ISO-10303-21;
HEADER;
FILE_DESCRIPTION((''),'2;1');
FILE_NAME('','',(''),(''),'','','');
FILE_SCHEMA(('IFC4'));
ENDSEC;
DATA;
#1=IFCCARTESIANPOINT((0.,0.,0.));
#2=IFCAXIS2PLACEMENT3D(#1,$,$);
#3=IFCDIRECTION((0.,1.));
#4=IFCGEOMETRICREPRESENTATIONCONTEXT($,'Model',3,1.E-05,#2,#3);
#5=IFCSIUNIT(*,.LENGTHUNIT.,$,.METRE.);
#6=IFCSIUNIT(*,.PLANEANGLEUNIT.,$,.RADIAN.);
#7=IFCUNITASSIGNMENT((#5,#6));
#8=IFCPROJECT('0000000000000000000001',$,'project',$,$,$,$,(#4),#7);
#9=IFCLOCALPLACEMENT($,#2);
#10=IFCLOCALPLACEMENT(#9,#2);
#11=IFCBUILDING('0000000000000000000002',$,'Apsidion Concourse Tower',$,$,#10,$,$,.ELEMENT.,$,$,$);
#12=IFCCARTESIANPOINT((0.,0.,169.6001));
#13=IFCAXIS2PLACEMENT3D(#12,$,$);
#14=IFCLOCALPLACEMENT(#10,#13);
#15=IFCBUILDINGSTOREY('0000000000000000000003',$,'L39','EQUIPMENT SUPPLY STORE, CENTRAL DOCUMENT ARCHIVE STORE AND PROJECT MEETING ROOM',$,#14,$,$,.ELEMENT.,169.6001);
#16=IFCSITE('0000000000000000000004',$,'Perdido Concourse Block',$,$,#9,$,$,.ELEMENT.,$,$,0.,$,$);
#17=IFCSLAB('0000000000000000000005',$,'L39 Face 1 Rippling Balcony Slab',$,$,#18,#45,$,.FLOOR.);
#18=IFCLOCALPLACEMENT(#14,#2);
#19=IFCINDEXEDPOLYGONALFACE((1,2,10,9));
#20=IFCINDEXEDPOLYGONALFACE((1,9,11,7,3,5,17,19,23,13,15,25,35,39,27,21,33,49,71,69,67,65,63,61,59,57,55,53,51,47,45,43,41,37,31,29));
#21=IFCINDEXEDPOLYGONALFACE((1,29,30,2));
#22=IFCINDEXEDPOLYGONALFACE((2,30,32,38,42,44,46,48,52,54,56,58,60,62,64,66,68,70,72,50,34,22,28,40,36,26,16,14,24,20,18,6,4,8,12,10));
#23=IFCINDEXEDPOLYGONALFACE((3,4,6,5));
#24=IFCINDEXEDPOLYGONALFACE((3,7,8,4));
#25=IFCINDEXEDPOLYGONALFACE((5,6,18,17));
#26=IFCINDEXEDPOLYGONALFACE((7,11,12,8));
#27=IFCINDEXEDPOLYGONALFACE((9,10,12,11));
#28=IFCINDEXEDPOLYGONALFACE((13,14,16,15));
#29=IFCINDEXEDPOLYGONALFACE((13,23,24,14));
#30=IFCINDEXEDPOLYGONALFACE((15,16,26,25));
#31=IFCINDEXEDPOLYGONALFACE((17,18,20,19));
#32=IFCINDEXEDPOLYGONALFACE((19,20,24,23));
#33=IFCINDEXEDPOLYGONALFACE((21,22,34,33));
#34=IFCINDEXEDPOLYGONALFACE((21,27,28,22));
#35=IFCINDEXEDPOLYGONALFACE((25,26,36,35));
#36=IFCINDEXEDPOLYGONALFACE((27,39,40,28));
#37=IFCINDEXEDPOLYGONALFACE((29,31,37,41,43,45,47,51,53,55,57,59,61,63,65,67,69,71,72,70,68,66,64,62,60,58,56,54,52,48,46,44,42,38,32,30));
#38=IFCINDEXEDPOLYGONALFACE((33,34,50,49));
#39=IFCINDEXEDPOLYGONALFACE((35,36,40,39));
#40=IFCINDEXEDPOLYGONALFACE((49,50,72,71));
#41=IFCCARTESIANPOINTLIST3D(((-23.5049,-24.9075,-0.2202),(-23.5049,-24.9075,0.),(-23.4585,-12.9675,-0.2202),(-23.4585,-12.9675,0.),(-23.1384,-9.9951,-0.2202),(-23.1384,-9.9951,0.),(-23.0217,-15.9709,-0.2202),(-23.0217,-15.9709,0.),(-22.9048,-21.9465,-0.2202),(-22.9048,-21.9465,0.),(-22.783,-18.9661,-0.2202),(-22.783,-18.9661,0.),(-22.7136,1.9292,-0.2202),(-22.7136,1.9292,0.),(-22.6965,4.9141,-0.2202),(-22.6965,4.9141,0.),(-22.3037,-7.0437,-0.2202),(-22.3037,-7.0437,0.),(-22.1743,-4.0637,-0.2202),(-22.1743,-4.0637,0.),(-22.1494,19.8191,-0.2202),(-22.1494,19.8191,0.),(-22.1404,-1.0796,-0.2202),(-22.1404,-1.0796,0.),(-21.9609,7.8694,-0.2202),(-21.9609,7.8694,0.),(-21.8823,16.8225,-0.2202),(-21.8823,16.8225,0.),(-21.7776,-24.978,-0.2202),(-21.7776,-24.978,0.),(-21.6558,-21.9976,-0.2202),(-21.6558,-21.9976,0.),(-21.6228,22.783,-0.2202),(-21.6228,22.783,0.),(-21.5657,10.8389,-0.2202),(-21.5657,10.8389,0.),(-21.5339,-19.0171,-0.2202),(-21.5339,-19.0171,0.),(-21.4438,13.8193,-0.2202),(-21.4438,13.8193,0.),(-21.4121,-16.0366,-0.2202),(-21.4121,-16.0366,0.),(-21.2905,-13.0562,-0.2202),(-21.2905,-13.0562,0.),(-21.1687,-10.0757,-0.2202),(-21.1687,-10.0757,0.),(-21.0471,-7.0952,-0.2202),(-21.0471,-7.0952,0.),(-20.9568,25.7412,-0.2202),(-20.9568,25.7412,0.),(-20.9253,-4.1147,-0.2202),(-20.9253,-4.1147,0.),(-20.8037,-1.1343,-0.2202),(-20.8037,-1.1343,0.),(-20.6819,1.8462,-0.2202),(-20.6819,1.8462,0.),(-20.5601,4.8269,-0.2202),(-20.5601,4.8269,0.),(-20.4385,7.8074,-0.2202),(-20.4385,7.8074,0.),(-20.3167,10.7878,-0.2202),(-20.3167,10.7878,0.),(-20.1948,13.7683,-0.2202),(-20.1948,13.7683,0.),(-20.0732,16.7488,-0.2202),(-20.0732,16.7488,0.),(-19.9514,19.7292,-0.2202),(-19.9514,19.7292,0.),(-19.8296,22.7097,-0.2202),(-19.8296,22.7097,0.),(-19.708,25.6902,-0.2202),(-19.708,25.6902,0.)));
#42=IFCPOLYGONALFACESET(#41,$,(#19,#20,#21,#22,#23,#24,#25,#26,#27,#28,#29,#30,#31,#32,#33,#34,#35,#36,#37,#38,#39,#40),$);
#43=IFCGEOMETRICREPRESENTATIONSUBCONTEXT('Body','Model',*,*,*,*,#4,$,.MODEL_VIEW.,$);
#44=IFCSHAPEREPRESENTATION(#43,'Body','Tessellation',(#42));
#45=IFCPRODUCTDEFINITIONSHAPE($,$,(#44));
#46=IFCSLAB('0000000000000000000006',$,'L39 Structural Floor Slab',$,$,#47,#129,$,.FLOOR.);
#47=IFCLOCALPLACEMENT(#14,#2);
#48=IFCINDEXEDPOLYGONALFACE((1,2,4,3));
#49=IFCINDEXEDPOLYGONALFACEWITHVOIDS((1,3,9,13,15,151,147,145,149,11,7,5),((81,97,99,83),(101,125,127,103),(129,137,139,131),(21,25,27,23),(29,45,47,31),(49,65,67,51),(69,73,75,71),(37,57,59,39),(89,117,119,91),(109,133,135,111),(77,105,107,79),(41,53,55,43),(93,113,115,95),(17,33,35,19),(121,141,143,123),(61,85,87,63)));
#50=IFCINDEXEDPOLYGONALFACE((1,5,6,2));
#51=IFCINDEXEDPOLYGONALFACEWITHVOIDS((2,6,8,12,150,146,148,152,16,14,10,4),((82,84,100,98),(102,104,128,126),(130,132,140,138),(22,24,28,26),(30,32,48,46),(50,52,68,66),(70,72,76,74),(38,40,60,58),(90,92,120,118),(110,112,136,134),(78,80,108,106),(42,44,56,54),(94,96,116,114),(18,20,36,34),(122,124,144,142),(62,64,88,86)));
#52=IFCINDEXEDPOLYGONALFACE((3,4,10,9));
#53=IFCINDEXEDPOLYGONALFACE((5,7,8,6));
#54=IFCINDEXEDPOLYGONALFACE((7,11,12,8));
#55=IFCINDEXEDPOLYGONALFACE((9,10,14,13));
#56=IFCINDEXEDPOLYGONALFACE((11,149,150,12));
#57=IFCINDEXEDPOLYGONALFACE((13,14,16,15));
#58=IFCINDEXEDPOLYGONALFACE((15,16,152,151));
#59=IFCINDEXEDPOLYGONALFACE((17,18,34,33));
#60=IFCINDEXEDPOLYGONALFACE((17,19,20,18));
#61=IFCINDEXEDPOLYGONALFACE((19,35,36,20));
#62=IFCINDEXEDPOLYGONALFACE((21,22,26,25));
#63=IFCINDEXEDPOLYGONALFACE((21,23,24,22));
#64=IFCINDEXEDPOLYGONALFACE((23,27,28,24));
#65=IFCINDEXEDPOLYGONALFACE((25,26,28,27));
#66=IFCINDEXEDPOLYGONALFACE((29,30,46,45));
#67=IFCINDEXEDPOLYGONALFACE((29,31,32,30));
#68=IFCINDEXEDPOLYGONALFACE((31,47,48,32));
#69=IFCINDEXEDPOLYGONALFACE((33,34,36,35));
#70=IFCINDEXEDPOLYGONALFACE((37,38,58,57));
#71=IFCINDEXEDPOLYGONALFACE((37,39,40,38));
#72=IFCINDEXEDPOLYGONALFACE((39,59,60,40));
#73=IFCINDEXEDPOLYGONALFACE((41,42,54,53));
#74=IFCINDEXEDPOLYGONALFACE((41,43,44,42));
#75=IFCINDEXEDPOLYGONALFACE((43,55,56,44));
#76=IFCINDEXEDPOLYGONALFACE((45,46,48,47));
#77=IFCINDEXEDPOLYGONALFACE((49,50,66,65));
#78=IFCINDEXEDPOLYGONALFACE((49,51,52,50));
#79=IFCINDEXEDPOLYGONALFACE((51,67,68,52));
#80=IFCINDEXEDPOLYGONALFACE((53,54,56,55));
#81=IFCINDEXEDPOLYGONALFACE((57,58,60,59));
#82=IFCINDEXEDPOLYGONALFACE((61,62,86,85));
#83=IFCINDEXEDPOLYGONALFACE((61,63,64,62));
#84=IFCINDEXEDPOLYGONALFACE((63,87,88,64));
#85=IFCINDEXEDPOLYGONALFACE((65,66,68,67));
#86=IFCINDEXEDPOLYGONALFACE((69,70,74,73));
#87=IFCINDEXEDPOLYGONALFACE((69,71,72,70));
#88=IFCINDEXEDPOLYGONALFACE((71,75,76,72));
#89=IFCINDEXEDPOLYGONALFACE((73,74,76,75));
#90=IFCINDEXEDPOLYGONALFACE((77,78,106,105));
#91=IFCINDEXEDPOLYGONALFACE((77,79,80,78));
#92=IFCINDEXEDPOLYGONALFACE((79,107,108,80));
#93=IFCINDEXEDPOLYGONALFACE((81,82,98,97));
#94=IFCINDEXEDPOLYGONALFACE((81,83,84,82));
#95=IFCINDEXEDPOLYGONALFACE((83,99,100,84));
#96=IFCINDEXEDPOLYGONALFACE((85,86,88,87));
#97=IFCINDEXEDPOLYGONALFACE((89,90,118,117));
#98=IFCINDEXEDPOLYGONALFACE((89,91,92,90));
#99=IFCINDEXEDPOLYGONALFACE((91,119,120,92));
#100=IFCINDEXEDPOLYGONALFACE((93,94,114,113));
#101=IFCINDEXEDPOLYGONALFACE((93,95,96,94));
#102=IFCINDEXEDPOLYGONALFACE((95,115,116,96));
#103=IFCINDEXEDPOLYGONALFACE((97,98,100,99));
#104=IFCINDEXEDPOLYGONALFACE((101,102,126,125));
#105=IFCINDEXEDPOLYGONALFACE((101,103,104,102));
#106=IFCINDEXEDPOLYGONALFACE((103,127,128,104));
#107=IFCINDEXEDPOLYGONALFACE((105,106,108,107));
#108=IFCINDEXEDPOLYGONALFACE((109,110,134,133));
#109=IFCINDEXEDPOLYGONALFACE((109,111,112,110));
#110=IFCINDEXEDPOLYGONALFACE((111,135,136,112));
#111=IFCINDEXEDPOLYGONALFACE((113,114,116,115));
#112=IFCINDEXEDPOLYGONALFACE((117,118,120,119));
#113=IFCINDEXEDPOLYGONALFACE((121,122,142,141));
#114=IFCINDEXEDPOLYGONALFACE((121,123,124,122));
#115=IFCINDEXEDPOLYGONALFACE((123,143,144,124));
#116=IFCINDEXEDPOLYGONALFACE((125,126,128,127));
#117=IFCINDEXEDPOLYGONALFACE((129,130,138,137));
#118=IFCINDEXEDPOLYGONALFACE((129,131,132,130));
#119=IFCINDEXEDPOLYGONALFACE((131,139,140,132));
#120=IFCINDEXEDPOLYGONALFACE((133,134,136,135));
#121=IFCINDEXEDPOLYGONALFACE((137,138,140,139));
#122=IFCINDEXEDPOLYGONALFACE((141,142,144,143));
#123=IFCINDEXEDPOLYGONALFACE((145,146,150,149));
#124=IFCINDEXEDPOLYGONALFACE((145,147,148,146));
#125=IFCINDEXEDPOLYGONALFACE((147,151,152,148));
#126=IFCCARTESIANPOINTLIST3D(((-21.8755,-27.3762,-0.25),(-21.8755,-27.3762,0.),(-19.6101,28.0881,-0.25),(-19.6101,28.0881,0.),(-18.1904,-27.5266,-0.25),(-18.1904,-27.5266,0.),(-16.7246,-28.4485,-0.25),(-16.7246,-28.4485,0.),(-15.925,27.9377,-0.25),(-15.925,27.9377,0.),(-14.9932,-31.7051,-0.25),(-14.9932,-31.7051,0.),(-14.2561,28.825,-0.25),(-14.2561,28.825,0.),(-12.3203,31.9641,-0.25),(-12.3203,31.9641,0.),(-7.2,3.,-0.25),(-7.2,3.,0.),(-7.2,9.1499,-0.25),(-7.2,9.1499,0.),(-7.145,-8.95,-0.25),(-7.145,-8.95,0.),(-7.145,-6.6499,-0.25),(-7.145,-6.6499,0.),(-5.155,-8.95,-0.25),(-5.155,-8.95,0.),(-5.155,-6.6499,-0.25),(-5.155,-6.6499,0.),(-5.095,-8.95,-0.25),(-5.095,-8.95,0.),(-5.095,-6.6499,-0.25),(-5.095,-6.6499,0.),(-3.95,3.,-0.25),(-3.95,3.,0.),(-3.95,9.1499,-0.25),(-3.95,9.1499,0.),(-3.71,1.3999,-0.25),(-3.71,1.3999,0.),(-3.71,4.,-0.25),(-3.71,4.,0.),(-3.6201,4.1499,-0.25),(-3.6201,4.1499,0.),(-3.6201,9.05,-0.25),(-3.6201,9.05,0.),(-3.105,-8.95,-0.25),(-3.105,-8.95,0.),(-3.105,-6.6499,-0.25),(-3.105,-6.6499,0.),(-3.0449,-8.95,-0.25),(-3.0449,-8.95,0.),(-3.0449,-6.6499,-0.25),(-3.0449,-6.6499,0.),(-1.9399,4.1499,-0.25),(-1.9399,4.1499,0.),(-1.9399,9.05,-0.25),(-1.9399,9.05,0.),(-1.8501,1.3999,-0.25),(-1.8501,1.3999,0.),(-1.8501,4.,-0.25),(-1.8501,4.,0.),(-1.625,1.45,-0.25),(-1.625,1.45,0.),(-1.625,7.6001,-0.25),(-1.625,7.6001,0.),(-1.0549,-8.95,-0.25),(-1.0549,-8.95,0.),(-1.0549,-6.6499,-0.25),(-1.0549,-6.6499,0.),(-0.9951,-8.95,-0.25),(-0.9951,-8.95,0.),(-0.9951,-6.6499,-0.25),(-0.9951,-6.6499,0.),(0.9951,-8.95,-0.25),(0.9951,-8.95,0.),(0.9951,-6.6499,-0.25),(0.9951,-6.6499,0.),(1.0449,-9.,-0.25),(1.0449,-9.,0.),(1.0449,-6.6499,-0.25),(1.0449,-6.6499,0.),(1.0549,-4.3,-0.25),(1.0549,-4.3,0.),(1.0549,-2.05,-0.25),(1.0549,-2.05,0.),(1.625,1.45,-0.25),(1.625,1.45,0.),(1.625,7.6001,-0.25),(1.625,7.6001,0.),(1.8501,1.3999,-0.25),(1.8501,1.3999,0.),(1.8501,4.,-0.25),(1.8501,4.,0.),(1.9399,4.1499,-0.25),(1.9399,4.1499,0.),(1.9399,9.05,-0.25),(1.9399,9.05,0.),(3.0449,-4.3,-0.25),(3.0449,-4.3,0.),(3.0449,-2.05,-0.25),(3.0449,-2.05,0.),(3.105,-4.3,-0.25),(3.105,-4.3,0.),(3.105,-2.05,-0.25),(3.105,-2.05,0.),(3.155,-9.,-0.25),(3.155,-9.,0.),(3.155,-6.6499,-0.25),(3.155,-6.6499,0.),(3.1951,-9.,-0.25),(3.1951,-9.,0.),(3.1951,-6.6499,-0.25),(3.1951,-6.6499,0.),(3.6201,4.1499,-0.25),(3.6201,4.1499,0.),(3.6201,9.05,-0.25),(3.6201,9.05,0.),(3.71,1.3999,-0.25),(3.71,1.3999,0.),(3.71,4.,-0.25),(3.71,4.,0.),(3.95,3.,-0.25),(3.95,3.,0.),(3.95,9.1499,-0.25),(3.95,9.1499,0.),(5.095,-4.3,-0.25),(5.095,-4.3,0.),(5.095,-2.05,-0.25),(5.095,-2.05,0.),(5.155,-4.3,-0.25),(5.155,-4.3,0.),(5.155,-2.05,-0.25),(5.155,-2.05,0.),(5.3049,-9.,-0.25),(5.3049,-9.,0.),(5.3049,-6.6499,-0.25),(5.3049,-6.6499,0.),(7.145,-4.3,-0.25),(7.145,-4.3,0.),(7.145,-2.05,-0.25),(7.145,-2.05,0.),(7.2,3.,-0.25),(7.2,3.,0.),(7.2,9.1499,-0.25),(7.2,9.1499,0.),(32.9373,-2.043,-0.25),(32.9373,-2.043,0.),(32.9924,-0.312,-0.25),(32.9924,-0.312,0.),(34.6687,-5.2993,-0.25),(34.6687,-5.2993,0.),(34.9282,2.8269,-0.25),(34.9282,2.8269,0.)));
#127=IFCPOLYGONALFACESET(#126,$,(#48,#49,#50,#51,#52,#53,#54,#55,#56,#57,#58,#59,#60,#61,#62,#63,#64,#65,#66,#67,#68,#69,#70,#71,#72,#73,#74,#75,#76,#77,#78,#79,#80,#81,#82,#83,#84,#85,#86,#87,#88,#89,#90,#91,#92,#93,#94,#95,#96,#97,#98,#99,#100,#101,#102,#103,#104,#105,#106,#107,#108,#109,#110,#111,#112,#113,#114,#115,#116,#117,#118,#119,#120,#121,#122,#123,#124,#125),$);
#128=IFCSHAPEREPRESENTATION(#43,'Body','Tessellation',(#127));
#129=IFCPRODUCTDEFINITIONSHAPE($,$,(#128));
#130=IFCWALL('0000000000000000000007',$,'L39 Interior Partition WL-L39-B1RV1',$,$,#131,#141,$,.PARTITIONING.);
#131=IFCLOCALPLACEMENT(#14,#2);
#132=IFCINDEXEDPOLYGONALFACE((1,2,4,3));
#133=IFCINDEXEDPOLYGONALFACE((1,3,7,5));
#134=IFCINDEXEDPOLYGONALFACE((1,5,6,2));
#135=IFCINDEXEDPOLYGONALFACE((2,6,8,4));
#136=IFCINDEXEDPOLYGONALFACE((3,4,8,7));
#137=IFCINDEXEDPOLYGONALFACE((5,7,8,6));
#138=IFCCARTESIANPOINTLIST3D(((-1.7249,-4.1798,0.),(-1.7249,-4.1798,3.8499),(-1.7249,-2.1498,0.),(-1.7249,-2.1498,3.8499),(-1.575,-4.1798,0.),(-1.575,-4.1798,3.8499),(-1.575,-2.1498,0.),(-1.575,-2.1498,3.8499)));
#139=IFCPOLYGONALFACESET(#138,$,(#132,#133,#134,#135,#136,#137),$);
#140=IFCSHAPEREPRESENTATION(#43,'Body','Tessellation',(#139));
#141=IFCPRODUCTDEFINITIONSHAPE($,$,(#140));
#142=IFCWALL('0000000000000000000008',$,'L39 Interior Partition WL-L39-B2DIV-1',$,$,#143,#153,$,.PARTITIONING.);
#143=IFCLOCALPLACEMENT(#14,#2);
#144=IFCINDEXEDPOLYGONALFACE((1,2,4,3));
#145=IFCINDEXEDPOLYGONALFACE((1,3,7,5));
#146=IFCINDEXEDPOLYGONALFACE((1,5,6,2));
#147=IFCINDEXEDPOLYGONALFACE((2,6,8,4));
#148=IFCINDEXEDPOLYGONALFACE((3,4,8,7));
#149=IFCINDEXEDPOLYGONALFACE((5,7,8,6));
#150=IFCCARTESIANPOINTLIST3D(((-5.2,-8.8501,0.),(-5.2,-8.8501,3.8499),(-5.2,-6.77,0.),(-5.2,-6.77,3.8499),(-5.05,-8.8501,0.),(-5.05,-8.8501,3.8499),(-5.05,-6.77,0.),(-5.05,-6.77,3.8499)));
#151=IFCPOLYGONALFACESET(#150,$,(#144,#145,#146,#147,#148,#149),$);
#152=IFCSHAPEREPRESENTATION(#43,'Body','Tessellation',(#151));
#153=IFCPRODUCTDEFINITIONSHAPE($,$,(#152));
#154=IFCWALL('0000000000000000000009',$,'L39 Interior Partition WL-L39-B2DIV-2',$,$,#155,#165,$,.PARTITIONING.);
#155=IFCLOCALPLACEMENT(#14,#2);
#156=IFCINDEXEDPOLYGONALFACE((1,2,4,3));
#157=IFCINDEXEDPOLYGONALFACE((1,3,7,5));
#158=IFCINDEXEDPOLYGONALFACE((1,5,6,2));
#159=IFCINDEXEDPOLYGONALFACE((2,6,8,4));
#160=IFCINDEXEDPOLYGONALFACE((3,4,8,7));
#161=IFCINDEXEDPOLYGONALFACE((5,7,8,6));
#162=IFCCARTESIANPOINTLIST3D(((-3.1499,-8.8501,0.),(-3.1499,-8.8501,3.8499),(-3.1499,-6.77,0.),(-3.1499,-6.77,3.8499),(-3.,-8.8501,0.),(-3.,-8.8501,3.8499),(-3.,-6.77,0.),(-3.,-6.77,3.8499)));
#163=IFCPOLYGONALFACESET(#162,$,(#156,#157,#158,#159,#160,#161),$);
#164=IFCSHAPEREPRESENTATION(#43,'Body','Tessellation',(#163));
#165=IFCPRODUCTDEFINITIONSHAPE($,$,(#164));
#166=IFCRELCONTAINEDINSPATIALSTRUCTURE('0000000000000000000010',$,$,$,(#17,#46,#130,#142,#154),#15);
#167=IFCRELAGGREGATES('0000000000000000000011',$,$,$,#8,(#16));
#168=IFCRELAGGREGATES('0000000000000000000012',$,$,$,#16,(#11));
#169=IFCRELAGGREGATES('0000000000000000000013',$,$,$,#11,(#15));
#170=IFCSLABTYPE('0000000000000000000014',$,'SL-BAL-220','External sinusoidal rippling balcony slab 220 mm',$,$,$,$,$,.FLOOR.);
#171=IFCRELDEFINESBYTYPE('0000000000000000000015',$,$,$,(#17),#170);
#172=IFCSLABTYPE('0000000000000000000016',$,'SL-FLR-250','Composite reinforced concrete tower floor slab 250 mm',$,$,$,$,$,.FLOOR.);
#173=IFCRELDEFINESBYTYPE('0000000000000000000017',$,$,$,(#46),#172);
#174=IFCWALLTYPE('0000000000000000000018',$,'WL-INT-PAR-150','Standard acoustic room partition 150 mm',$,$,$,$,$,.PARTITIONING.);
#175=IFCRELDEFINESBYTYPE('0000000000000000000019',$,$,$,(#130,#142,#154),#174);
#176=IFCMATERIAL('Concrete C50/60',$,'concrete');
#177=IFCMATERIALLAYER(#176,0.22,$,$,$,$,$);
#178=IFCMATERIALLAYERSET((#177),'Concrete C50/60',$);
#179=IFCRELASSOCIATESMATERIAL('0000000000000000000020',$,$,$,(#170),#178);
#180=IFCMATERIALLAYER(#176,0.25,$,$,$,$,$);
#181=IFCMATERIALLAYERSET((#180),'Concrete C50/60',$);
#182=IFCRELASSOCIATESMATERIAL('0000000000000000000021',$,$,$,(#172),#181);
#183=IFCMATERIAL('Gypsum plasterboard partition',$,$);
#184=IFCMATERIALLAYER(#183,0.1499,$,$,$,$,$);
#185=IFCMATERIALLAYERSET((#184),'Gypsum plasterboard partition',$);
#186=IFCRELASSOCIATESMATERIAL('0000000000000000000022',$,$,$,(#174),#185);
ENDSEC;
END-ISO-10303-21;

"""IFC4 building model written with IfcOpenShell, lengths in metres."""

from ifc_helpers import new_model, si_unit, direction, frame, frame_2d, origin, place, context, subcontext, project, spatial, polyline, rectangle, outline, extrude, material, layer, layer_set, type_object, element, save


model = new_model("IFC4")

# Units and contexts
model_context = context("Model", 3, precision=1e-05, world=origin(), true_north=direction((0.0, 1.0)))
body_context = subcontext(model_context, "Body", "Model", "MODEL_VIEW")
ifc_project = project(units=[si_unit("LENGTHUNIT", "METRE"), si_unit("PLANEANGLEUNIT", "RADIAN")], contexts=[model_context])

# Site, building, storey
site_placement = place(None, origin())
site = spatial("IfcSite", under=ifc_project, at=site_placement, Name="Perdido Concourse Block", CompositionType="ELEMENT", RefElevation=0.0)
building_placement = place(site_placement, origin())
building = spatial("IfcBuilding", under=site, at=building_placement, Name="Apsidion Concourse Tower", CompositionType="ELEMENT")
storey_placement = place(building_placement, frame((0.0, 0.0, 169.6001)))
storey = spatial("IfcBuildingStorey", under=building, at=storey_placement, Name="L39", Description="EQUIPMENT SUPPLY STORE, CENTRAL DOCUMENT ARCHIVE STORE AND PROJECT MEETING ROOM", CompositionType="ELEMENT", Elevation=169.6001)

# Slabs
ifc_material_1 = material(Name="Concrete C50/60", Category="concrete")
ifc_layer_1 = layer(ifc_material_1, 0.22)
ifc_layer_set_1 = layer_set([ifc_layer_1], Name="Concrete C50/60")
slab_type_1 = type_object("IfcSlabType", Name="SL-BAL-220", Description="External sinusoidal rippling balcony slab 220 mm", PredefinedType="FLOOR", material=ifc_layer_set_1)
slab_1_placement = place(storey_placement, frame((0.0, 0.0, -0.2202)))
element("IfcSlab", 1, at=slab_1_placement, inside=storey, type_object=slab_type_1, Name="L39 Face 1 Rippling Balcony Slab", PredefinedType="FLOOR", context=body_context, shape_type="SweptSolid", body=[
    extrude(outline(polyline([(-19.708, 25.6902), (-19.8296, 22.7097), (-19.9514, 19.7292), (-20.0732, 16.7488), (-20.1948, 13.7683), (-20.3167, 10.7878), (-20.4385, 7.8074), (-20.5601, 4.8269), (-20.6819, 1.8462), (-20.8037, -1.1343), (-20.9253, -4.1147), (-21.0471, -7.0952), (-21.1687, -10.0757), (-21.2905, -13.0562), (-21.4121, -16.0366), (-21.5339, -19.0171), (-21.6558, -21.9976), (-21.7776, -24.978), (-23.5049, -24.9075), (-22.9048, -21.9465), (-22.783, -18.9661), (-23.0217, -15.9709), (-23.4585, -12.9675), (-23.1384, -9.9951), (-22.3037, -7.0437), (-22.1743, -4.0637), (-22.1404, -1.0796), (-22.7136, 1.9292), (-22.6965, 4.9141), (-21.9609, 7.8694), (-21.5657, 10.8389), (-21.4438, 13.8193), (-21.8823, 16.8225), (-22.1494, 19.8191), (-21.6228, 22.783), (-20.9568, 25.7412), (-19.708, 25.6902)])), origin(), (0.0, 0.0, 1.0), 0.2202),
])
ifc_layer_2 = layer(ifc_material_1, 0.25)
ifc_layer_set_2 = layer_set([ifc_layer_2], Name="Concrete C50/60")
slab_type_2 = type_object("IfcSlabType", Name="SL-FLR-250", Description="Composite reinforced concrete tower floor slab 250 mm", PredefinedType="FLOOR", material=ifc_layer_set_2)
slab_2_placement = place(storey_placement, frame((0.0, 0.0, -0.25)))
element("IfcSlab", 2, at=slab_2_placement, inside=storey, type_object=slab_type_2, Name="L39 Structural Floor Slab", PredefinedType="FLOOR", context=body_context, shape_type="SweptSolid", body=[
    extrude(outline(polyline([(-12.3203, 31.9641), (-14.2561, 28.825), (-15.925, 27.9377), (-19.6101, 28.0881), (-21.8755, -27.3762), (-18.1904, -27.5266), (-16.7246, -28.4485), (-14.9932, -31.7051), (34.6687, -5.2993), (32.9373, -2.043), (32.9924, -0.312), (34.9282, 2.8269), (-12.3203, 31.9641)]), holes=[polyline([(-3.95, 3.0), (-3.95, 9.1499), (-7.2, 9.1499), (-7.2, 3.0), (-3.95, 3.0)]), polyline([(7.2, 3.0), (7.2, 9.1499), (3.95, 9.1499), (3.95, 3.0), (7.2, 3.0)]), polyline([(-1.625, 7.6001), (-1.625, 1.45), (1.625, 1.45), (1.625, 7.6001), (-1.625, 7.6001)]), polyline([(1.0549, -4.3), (3.0449, -4.3), (3.0449, -2.05), (1.0549, -2.05), (1.0549, -4.3)]), polyline([(3.105, -4.3), (5.095, -4.3), (5.095, -2.05), (3.105, -2.05), (3.105, -4.3)]), polyline([(5.155, -4.3), (7.145, -4.3), (7.145, -2.05), (5.155, -2.05), (5.155, -4.3)]), polyline([(-7.145, -8.95), (-5.155, -8.95), (-5.155, -6.6499), (-7.145, -6.6499), (-7.145, -8.95)]), polyline([(-5.095, -8.95), (-3.105, -8.95), (-3.105, -6.6499), (-5.095, -6.6499), (-5.095, -8.95)]), polyline([(-3.0449, -8.95), (-1.0549, -8.95), (-1.0549, -6.6499), (-3.0449, -6.6499), (-3.0449, -8.95)]), polyline([(-0.9951, -8.95), (0.9951, -8.95), (0.9951, -6.6499), (-0.9951, -6.6499), (-0.9951, -8.95)]), polyline([(1.0449, -9.0), (3.155, -9.0), (3.155, -6.6499), (1.0449, -6.6499), (1.0449, -9.0)]), polyline([(3.1951, -9.0), (5.3049, -9.0), (5.3049, -6.6499), (3.1951, -6.6499), (3.1951, -9.0)]), polyline([(-3.71, 1.3999), (-1.8501, 1.3999), (-1.8501, 4.0), (-3.71, 4.0), (-3.71, 1.3999)]), polyline([(1.8501, 1.3999), (3.71, 1.3999), (3.71, 4.0), (1.8501, 4.0), (1.8501, 1.3999)]), polyline([(-3.6201, 4.1499), (-1.9399, 4.1499), (-1.9399, 9.05), (-3.6201, 9.05), (-3.6201, 4.1499)]), polyline([(1.9399, 4.1499), (3.6201, 4.1499), (3.6201, 9.05), (1.9399, 9.05), (1.9399, 4.1499)])]), origin(), (0.0, 0.0, 1.0), 0.25),
])

# Walls
ifc_material_2 = material(Name="Gypsum plasterboard partition")
ifc_layer_3 = layer(ifc_material_2, 0.1499)
ifc_layer_set_3 = layer_set([ifc_layer_3], Name="Gypsum plasterboard partition")
wall_type_1 = type_object("IfcWallType", Name="WL-INT-PAR-150", Description="Standard acoustic room partition 150 mm", PredefinedType="PARTITIONING", material=ifc_layer_set_3)
wall_1_placement = place(storey_placement, frame((-1.6499, -4.1799, 0.0), z_axis=(0.0, 0.0, 1.0), x_axis=(0.0, 1.0, 0.0)))
element("IfcWall", 3, at=wall_1_placement, inside=storey, type_object=wall_type_1, Name="L39 Interior Partition WL-L39-B1RV1", PredefinedType="PARTITIONING", context=body_context, shape_type="SweptSolid", body=[
    extrude(rectangle(XDim=2.03, YDim=0.1499, at=frame_2d((1.0151, 0.0))), origin(), (0.0, 0.0, 1.0), 3.8499),
])
for number, where, z_axis, x_axis, name in (
    (4, (-5.125, -8.8501, 0.0), (0.0, 0.0, 1.0), (0.0, 1.0, 0.0), "L39 Interior Partition WL-L39-B2DIV-1"),
    (5, (-3.075, -8.8501, 0.0), (0.0, 0.0, 1.0), (0.0, 1.0, 0.0), "L39 Interior Partition WL-L39-B2DIV-2"),
):
    element("IfcWall", number, at=place(storey_placement, frame(where, z_axis=z_axis, x_axis=x_axis)), inside=storey, type_object=wall_type_1, Name=name, PredefinedType="PARTITIONING", context=body_context, shape_type="SweptSolid", body=[
        extrude(rectangle(XDim=2.0801, YDim=0.1499, at=frame_2d((1.04, 0.0))), origin(), (0.0, 0.0, 1.0), 3.8499),
    ])

save(model, "model.ifc")
